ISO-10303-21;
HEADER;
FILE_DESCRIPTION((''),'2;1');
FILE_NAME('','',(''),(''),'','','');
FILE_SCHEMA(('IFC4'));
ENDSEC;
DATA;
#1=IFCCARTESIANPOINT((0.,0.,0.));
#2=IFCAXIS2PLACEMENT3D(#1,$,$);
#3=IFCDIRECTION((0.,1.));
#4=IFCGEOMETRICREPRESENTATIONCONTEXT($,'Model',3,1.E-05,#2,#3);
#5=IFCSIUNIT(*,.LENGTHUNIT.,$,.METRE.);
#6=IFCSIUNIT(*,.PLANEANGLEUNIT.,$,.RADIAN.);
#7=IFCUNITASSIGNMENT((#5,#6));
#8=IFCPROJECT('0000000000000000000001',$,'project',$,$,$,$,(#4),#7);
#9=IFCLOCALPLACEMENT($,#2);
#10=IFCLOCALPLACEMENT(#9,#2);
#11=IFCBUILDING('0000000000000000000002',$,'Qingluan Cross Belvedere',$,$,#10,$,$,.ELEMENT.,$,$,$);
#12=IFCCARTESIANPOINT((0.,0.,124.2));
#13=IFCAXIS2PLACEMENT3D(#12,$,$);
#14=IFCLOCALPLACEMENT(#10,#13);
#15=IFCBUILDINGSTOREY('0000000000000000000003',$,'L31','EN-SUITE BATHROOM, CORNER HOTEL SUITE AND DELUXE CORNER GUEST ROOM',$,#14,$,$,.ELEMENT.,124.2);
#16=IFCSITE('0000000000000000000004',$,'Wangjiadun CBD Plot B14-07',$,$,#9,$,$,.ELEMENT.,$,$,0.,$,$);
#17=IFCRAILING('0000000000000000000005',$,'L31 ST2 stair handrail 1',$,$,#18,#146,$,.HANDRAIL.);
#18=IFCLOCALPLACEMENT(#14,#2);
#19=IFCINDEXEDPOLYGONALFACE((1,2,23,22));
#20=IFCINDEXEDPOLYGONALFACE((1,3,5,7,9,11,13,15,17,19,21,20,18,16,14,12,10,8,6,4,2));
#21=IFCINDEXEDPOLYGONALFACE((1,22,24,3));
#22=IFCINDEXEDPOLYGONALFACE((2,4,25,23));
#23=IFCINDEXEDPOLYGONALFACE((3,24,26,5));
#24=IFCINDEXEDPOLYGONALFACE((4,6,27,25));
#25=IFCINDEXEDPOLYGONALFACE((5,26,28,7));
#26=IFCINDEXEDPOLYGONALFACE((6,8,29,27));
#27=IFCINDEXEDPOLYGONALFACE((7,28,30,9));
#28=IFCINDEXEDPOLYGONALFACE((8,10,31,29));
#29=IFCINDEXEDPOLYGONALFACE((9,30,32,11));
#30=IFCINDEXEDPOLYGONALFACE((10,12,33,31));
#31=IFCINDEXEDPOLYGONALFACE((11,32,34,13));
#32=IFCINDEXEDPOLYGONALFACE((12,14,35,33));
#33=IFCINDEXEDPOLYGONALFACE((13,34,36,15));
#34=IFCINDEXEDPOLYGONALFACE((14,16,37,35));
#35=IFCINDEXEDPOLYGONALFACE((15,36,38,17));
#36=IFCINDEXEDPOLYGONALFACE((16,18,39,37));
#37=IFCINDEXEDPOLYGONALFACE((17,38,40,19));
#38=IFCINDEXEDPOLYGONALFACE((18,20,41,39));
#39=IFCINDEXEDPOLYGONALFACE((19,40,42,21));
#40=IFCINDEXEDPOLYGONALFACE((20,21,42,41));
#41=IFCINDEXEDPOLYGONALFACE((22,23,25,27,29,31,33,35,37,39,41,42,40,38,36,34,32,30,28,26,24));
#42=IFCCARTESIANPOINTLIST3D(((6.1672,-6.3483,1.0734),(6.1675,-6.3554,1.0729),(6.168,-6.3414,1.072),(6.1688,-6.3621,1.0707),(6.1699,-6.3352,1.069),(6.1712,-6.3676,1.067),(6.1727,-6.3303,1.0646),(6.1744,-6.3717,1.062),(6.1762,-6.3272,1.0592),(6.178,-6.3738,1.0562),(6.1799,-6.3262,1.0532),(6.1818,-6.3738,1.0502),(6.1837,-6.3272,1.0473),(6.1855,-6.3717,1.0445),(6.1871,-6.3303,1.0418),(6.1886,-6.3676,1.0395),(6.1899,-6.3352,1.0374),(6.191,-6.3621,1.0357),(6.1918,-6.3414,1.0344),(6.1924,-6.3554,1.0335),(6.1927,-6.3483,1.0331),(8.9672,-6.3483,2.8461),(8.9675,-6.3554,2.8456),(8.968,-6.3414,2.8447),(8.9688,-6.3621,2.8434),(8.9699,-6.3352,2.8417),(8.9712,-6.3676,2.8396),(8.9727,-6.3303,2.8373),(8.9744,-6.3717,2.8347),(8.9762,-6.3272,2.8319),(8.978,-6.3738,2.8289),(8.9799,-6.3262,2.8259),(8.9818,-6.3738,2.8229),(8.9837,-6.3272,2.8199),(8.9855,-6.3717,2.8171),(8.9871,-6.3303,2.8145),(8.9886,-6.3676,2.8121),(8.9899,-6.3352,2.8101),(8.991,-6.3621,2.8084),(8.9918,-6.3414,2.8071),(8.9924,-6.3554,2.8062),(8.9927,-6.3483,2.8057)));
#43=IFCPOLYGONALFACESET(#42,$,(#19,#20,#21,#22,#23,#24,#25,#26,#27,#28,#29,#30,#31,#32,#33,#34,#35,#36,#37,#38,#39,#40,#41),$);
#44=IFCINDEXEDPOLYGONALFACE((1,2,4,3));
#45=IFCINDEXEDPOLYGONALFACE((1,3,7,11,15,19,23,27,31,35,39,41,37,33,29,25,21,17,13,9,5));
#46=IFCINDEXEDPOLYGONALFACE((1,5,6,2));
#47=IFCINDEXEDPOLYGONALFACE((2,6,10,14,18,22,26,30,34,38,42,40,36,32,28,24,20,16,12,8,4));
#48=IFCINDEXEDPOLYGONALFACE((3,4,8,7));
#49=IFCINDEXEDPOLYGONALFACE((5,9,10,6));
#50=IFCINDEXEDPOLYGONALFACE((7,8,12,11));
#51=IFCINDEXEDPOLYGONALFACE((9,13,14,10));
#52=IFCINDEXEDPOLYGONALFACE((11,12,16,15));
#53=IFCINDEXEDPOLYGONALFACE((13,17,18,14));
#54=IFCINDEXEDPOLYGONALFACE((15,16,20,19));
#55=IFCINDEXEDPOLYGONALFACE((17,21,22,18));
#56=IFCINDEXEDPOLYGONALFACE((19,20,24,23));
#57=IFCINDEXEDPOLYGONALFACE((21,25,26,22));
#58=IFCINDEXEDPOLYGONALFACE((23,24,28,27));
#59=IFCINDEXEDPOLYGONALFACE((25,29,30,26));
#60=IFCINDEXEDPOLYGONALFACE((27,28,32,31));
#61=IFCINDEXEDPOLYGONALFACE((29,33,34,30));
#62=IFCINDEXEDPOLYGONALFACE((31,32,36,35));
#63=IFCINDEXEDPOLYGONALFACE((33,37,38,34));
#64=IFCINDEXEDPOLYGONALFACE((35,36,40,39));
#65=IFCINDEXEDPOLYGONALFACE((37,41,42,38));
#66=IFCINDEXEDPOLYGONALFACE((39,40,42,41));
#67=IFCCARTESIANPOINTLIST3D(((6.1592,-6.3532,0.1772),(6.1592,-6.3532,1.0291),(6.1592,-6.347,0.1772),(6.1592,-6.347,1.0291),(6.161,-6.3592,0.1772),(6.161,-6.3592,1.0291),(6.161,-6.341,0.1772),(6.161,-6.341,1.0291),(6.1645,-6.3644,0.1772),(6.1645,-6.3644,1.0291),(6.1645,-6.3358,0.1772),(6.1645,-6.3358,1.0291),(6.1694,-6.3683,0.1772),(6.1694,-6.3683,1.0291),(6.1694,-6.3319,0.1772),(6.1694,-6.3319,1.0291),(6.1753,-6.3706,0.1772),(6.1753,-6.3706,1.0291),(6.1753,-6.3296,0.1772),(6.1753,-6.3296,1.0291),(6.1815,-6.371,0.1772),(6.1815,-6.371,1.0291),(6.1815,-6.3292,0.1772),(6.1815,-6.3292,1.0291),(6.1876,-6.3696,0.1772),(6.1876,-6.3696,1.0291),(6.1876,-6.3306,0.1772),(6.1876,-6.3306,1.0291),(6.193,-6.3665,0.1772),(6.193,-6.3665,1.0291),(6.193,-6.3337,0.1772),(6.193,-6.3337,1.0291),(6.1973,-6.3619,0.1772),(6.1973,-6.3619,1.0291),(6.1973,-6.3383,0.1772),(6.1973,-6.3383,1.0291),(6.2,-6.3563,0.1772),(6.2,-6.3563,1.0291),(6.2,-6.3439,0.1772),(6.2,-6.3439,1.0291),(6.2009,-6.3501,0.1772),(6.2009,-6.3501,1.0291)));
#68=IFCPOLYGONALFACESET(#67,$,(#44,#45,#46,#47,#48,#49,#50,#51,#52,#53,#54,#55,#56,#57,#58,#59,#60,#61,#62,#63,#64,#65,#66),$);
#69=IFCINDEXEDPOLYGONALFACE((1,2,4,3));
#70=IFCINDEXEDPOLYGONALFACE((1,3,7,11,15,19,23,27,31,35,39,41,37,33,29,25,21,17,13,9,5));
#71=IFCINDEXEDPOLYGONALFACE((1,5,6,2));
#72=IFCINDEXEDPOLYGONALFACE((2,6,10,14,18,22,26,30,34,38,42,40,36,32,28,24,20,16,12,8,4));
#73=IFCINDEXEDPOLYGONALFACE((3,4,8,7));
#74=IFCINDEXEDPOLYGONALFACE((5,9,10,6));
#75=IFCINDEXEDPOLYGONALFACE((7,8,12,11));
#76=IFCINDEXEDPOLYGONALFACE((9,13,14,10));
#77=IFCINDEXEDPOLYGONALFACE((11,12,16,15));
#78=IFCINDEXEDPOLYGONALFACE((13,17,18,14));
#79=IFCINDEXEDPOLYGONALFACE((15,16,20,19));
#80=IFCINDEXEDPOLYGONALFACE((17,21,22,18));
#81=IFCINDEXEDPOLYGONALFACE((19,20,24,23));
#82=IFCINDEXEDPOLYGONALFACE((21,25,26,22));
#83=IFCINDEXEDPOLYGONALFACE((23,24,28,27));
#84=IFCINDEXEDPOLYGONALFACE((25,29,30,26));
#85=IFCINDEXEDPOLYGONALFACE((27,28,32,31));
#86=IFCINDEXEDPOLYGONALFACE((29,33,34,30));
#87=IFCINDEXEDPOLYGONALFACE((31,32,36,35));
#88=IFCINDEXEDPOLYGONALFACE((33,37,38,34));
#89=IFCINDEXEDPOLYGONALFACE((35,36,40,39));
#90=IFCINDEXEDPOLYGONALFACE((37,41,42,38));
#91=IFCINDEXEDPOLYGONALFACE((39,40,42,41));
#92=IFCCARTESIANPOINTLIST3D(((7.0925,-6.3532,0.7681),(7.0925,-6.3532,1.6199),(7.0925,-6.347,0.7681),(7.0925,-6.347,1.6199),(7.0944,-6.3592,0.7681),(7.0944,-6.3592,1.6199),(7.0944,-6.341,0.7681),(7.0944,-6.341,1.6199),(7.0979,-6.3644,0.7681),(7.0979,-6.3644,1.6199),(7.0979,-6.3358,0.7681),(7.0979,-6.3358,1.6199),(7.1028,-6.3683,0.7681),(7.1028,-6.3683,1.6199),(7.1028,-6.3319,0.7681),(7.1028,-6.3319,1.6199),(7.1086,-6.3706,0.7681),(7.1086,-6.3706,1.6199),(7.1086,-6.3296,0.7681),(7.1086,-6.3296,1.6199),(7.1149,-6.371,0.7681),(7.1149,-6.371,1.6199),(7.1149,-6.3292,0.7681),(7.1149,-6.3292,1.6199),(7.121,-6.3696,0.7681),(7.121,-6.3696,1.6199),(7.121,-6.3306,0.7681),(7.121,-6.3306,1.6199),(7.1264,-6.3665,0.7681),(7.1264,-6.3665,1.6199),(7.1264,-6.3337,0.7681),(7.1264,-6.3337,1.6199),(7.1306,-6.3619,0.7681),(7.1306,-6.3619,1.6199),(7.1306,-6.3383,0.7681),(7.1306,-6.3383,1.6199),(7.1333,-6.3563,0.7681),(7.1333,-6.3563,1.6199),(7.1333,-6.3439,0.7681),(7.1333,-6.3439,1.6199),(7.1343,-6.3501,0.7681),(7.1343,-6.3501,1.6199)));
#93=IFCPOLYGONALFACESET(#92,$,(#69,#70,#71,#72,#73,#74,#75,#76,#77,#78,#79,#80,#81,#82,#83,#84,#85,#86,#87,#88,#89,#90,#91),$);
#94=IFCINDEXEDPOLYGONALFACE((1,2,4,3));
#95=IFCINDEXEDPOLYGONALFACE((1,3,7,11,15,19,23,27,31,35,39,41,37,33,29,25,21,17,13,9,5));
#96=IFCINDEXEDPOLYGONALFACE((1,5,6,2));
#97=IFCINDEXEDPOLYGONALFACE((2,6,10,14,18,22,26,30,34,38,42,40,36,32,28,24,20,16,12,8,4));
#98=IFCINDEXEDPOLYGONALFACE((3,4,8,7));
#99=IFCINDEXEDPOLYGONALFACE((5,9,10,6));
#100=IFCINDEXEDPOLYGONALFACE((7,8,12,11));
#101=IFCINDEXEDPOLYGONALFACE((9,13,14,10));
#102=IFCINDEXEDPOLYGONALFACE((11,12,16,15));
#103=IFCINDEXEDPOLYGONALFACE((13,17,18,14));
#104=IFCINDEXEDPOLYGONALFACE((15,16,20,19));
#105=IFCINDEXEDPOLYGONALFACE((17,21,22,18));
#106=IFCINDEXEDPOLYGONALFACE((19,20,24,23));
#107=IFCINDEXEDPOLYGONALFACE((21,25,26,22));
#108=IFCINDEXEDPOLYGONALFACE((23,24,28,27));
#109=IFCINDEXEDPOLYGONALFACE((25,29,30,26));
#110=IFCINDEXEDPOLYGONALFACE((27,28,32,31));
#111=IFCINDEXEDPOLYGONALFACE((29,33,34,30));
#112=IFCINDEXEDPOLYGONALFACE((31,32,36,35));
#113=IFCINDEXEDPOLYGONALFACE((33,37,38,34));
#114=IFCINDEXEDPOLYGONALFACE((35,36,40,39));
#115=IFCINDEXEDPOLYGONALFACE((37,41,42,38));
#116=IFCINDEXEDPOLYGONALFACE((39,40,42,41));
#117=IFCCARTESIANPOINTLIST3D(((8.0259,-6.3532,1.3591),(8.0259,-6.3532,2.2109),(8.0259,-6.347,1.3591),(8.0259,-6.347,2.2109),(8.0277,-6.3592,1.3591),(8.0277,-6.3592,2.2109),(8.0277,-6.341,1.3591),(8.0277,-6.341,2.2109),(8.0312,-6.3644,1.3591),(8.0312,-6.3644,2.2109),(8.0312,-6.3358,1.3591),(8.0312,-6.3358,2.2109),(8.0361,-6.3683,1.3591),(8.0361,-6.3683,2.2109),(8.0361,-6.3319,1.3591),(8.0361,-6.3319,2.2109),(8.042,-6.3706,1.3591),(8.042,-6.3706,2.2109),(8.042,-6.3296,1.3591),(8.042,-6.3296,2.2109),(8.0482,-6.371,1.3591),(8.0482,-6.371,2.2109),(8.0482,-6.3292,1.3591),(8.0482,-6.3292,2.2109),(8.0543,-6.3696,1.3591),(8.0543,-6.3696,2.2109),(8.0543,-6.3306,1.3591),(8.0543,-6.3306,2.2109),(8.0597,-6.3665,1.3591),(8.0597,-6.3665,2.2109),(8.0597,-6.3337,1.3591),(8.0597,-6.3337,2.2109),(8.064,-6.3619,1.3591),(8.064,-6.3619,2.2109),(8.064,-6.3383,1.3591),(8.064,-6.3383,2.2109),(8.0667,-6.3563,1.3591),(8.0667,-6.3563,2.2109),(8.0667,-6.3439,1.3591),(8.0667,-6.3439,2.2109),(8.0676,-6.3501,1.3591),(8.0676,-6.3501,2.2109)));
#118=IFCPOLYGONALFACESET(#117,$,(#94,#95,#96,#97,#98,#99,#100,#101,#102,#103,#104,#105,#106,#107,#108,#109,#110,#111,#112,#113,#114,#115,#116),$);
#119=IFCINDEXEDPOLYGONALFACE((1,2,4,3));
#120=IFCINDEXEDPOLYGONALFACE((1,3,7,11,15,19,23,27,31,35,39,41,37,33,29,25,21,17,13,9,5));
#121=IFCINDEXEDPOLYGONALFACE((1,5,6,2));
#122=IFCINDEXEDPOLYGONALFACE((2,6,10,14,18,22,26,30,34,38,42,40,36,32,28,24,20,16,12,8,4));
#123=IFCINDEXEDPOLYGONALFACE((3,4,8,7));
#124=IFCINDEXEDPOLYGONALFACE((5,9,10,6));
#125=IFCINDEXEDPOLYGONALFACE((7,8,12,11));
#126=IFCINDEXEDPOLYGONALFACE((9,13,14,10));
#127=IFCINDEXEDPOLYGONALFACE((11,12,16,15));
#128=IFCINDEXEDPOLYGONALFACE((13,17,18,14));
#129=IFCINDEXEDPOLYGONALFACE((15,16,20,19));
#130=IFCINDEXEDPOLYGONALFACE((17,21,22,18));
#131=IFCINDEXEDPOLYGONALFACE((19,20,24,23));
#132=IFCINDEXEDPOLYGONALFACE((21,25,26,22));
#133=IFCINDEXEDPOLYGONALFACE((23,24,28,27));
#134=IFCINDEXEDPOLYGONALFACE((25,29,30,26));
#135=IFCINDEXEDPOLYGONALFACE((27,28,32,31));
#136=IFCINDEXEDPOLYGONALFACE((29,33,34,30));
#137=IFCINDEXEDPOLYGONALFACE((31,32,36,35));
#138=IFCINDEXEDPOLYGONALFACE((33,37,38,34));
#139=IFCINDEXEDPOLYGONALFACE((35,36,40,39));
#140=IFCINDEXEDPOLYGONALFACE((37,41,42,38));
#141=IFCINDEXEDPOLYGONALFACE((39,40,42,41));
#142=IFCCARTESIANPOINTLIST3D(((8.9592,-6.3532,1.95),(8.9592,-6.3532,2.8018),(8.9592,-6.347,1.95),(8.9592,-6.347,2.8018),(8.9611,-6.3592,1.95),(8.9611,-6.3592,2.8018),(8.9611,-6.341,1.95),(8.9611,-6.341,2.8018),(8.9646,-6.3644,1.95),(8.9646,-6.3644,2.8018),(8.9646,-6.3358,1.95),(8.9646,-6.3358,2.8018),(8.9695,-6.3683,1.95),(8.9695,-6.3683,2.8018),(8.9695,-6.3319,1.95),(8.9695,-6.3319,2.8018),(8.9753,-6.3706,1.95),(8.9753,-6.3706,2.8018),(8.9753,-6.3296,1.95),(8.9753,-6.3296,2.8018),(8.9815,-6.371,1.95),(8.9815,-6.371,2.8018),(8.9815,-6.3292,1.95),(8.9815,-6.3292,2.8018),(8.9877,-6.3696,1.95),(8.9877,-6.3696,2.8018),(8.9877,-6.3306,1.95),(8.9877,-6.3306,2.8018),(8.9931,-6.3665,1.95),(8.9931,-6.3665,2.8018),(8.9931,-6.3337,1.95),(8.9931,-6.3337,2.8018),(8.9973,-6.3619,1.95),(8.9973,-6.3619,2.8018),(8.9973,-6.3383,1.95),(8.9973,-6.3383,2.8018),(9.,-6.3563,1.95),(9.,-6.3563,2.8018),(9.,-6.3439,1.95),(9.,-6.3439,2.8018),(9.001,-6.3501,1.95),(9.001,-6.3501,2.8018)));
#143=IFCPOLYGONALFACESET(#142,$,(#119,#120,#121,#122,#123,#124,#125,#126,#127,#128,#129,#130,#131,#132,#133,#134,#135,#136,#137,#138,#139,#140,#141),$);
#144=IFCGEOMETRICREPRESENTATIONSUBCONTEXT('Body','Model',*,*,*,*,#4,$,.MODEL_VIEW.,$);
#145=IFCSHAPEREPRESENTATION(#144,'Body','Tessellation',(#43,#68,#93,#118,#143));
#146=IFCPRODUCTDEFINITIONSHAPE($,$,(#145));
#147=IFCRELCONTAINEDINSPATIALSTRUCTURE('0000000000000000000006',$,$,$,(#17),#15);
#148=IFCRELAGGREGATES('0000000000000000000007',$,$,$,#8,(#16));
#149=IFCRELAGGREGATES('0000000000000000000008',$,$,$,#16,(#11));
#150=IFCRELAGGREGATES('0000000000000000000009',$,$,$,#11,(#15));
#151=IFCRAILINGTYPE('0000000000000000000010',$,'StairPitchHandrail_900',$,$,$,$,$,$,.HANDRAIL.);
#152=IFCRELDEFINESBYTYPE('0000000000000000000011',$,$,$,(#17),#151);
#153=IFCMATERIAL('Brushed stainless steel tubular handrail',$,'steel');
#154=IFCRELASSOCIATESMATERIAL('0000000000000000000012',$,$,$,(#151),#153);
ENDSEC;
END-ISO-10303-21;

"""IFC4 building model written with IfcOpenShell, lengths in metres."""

from ifc_helpers import new_model, si_unit, direction, frame, origin, origin_2d, place, context, subcontext, project, spatial, circle, extrude, material, type_object, element, save


model = new_model("IFC4")

# Units and contexts
model_context = context("Model", 3, precision=1e-05, world=origin(), true_north=direction((0.0, 1.0)))
body_context = subcontext(model_context, "Body", "Model", "MODEL_VIEW")
ifc_project = project(units=[si_unit("LENGTHUNIT", "METRE"), si_unit("PLANEANGLEUNIT", "RADIAN")], contexts=[model_context])

# Site, building, storey
site_placement = place(None, origin())
site = spatial("IfcSite", under=ifc_project, at=site_placement, Name="Wangjiadun CBD Plot B14-07", CompositionType="ELEMENT", RefElevation=0.0)
building_placement = place(site_placement, origin())
building = spatial("IfcBuilding", under=site, at=building_placement, Name="Qingluan Cross Belvedere", CompositionType="ELEMENT")
storey_placement = place(building_placement, frame((0.0, 0.0, 124.2)))
storey = spatial("IfcBuildingStorey", under=building, at=storey_placement, Name="L31", Description="EN-SUITE BATHROOM, CORNER HOTEL SUITE AND DELUXE CORNER GUEST ROOM", CompositionType="ELEMENT", Elevation=124.2)

# Railing
ifc_material_1 = material(Name="Brushed stainless steel tubular handrail", Category="steel")
railing_type_1 = type_object("IfcRailingType", Name="StairPitchHandrail_900", PredefinedType="HANDRAIL", material=ifc_material_1)
railing_1_placement = place(storey_placement, frame((6.1799, -6.3501, 0.1772)))
element("IfcRailing", 1, at=railing_1_placement, inside=storey, type_object=railing_type_1, Name="L31 ST2 stair handrail 1", PredefinedType="HANDRAIL", context=body_context, shape_type="SweptSolid", body=[
    extrude(circle(Radius=0.0239, at=origin_2d()), frame((0.0, 0.0, 0.876), z_axis=(0.844909, 0.0, 0.53491), x_axis=(0.0, 1.0, 0.0)), (0.0, 0.0, 1.0), 3.314),
    extrude(circle(Radius=0.021, at=origin_2d()), origin(), (0.0, 0.0, 1.0), 0.8518),
    extrude(circle(Radius=0.021, at=origin_2d()), frame((0.9333, 0.0, 0.5908)), (0.0, 0.0, 1.0), 0.8518),
    extrude(circle(Radius=0.021, at=origin_2d()), frame((1.8667, 0.0, 1.1819)), (0.0, 0.0, 1.0), 0.8518),
    extrude(circle(Radius=0.021, at=origin_2d()), frame((2.8, 0.0, 1.7727)), (0.0, 0.0, 1.0), 0.8518),
])

save(model, "model.ifc")
